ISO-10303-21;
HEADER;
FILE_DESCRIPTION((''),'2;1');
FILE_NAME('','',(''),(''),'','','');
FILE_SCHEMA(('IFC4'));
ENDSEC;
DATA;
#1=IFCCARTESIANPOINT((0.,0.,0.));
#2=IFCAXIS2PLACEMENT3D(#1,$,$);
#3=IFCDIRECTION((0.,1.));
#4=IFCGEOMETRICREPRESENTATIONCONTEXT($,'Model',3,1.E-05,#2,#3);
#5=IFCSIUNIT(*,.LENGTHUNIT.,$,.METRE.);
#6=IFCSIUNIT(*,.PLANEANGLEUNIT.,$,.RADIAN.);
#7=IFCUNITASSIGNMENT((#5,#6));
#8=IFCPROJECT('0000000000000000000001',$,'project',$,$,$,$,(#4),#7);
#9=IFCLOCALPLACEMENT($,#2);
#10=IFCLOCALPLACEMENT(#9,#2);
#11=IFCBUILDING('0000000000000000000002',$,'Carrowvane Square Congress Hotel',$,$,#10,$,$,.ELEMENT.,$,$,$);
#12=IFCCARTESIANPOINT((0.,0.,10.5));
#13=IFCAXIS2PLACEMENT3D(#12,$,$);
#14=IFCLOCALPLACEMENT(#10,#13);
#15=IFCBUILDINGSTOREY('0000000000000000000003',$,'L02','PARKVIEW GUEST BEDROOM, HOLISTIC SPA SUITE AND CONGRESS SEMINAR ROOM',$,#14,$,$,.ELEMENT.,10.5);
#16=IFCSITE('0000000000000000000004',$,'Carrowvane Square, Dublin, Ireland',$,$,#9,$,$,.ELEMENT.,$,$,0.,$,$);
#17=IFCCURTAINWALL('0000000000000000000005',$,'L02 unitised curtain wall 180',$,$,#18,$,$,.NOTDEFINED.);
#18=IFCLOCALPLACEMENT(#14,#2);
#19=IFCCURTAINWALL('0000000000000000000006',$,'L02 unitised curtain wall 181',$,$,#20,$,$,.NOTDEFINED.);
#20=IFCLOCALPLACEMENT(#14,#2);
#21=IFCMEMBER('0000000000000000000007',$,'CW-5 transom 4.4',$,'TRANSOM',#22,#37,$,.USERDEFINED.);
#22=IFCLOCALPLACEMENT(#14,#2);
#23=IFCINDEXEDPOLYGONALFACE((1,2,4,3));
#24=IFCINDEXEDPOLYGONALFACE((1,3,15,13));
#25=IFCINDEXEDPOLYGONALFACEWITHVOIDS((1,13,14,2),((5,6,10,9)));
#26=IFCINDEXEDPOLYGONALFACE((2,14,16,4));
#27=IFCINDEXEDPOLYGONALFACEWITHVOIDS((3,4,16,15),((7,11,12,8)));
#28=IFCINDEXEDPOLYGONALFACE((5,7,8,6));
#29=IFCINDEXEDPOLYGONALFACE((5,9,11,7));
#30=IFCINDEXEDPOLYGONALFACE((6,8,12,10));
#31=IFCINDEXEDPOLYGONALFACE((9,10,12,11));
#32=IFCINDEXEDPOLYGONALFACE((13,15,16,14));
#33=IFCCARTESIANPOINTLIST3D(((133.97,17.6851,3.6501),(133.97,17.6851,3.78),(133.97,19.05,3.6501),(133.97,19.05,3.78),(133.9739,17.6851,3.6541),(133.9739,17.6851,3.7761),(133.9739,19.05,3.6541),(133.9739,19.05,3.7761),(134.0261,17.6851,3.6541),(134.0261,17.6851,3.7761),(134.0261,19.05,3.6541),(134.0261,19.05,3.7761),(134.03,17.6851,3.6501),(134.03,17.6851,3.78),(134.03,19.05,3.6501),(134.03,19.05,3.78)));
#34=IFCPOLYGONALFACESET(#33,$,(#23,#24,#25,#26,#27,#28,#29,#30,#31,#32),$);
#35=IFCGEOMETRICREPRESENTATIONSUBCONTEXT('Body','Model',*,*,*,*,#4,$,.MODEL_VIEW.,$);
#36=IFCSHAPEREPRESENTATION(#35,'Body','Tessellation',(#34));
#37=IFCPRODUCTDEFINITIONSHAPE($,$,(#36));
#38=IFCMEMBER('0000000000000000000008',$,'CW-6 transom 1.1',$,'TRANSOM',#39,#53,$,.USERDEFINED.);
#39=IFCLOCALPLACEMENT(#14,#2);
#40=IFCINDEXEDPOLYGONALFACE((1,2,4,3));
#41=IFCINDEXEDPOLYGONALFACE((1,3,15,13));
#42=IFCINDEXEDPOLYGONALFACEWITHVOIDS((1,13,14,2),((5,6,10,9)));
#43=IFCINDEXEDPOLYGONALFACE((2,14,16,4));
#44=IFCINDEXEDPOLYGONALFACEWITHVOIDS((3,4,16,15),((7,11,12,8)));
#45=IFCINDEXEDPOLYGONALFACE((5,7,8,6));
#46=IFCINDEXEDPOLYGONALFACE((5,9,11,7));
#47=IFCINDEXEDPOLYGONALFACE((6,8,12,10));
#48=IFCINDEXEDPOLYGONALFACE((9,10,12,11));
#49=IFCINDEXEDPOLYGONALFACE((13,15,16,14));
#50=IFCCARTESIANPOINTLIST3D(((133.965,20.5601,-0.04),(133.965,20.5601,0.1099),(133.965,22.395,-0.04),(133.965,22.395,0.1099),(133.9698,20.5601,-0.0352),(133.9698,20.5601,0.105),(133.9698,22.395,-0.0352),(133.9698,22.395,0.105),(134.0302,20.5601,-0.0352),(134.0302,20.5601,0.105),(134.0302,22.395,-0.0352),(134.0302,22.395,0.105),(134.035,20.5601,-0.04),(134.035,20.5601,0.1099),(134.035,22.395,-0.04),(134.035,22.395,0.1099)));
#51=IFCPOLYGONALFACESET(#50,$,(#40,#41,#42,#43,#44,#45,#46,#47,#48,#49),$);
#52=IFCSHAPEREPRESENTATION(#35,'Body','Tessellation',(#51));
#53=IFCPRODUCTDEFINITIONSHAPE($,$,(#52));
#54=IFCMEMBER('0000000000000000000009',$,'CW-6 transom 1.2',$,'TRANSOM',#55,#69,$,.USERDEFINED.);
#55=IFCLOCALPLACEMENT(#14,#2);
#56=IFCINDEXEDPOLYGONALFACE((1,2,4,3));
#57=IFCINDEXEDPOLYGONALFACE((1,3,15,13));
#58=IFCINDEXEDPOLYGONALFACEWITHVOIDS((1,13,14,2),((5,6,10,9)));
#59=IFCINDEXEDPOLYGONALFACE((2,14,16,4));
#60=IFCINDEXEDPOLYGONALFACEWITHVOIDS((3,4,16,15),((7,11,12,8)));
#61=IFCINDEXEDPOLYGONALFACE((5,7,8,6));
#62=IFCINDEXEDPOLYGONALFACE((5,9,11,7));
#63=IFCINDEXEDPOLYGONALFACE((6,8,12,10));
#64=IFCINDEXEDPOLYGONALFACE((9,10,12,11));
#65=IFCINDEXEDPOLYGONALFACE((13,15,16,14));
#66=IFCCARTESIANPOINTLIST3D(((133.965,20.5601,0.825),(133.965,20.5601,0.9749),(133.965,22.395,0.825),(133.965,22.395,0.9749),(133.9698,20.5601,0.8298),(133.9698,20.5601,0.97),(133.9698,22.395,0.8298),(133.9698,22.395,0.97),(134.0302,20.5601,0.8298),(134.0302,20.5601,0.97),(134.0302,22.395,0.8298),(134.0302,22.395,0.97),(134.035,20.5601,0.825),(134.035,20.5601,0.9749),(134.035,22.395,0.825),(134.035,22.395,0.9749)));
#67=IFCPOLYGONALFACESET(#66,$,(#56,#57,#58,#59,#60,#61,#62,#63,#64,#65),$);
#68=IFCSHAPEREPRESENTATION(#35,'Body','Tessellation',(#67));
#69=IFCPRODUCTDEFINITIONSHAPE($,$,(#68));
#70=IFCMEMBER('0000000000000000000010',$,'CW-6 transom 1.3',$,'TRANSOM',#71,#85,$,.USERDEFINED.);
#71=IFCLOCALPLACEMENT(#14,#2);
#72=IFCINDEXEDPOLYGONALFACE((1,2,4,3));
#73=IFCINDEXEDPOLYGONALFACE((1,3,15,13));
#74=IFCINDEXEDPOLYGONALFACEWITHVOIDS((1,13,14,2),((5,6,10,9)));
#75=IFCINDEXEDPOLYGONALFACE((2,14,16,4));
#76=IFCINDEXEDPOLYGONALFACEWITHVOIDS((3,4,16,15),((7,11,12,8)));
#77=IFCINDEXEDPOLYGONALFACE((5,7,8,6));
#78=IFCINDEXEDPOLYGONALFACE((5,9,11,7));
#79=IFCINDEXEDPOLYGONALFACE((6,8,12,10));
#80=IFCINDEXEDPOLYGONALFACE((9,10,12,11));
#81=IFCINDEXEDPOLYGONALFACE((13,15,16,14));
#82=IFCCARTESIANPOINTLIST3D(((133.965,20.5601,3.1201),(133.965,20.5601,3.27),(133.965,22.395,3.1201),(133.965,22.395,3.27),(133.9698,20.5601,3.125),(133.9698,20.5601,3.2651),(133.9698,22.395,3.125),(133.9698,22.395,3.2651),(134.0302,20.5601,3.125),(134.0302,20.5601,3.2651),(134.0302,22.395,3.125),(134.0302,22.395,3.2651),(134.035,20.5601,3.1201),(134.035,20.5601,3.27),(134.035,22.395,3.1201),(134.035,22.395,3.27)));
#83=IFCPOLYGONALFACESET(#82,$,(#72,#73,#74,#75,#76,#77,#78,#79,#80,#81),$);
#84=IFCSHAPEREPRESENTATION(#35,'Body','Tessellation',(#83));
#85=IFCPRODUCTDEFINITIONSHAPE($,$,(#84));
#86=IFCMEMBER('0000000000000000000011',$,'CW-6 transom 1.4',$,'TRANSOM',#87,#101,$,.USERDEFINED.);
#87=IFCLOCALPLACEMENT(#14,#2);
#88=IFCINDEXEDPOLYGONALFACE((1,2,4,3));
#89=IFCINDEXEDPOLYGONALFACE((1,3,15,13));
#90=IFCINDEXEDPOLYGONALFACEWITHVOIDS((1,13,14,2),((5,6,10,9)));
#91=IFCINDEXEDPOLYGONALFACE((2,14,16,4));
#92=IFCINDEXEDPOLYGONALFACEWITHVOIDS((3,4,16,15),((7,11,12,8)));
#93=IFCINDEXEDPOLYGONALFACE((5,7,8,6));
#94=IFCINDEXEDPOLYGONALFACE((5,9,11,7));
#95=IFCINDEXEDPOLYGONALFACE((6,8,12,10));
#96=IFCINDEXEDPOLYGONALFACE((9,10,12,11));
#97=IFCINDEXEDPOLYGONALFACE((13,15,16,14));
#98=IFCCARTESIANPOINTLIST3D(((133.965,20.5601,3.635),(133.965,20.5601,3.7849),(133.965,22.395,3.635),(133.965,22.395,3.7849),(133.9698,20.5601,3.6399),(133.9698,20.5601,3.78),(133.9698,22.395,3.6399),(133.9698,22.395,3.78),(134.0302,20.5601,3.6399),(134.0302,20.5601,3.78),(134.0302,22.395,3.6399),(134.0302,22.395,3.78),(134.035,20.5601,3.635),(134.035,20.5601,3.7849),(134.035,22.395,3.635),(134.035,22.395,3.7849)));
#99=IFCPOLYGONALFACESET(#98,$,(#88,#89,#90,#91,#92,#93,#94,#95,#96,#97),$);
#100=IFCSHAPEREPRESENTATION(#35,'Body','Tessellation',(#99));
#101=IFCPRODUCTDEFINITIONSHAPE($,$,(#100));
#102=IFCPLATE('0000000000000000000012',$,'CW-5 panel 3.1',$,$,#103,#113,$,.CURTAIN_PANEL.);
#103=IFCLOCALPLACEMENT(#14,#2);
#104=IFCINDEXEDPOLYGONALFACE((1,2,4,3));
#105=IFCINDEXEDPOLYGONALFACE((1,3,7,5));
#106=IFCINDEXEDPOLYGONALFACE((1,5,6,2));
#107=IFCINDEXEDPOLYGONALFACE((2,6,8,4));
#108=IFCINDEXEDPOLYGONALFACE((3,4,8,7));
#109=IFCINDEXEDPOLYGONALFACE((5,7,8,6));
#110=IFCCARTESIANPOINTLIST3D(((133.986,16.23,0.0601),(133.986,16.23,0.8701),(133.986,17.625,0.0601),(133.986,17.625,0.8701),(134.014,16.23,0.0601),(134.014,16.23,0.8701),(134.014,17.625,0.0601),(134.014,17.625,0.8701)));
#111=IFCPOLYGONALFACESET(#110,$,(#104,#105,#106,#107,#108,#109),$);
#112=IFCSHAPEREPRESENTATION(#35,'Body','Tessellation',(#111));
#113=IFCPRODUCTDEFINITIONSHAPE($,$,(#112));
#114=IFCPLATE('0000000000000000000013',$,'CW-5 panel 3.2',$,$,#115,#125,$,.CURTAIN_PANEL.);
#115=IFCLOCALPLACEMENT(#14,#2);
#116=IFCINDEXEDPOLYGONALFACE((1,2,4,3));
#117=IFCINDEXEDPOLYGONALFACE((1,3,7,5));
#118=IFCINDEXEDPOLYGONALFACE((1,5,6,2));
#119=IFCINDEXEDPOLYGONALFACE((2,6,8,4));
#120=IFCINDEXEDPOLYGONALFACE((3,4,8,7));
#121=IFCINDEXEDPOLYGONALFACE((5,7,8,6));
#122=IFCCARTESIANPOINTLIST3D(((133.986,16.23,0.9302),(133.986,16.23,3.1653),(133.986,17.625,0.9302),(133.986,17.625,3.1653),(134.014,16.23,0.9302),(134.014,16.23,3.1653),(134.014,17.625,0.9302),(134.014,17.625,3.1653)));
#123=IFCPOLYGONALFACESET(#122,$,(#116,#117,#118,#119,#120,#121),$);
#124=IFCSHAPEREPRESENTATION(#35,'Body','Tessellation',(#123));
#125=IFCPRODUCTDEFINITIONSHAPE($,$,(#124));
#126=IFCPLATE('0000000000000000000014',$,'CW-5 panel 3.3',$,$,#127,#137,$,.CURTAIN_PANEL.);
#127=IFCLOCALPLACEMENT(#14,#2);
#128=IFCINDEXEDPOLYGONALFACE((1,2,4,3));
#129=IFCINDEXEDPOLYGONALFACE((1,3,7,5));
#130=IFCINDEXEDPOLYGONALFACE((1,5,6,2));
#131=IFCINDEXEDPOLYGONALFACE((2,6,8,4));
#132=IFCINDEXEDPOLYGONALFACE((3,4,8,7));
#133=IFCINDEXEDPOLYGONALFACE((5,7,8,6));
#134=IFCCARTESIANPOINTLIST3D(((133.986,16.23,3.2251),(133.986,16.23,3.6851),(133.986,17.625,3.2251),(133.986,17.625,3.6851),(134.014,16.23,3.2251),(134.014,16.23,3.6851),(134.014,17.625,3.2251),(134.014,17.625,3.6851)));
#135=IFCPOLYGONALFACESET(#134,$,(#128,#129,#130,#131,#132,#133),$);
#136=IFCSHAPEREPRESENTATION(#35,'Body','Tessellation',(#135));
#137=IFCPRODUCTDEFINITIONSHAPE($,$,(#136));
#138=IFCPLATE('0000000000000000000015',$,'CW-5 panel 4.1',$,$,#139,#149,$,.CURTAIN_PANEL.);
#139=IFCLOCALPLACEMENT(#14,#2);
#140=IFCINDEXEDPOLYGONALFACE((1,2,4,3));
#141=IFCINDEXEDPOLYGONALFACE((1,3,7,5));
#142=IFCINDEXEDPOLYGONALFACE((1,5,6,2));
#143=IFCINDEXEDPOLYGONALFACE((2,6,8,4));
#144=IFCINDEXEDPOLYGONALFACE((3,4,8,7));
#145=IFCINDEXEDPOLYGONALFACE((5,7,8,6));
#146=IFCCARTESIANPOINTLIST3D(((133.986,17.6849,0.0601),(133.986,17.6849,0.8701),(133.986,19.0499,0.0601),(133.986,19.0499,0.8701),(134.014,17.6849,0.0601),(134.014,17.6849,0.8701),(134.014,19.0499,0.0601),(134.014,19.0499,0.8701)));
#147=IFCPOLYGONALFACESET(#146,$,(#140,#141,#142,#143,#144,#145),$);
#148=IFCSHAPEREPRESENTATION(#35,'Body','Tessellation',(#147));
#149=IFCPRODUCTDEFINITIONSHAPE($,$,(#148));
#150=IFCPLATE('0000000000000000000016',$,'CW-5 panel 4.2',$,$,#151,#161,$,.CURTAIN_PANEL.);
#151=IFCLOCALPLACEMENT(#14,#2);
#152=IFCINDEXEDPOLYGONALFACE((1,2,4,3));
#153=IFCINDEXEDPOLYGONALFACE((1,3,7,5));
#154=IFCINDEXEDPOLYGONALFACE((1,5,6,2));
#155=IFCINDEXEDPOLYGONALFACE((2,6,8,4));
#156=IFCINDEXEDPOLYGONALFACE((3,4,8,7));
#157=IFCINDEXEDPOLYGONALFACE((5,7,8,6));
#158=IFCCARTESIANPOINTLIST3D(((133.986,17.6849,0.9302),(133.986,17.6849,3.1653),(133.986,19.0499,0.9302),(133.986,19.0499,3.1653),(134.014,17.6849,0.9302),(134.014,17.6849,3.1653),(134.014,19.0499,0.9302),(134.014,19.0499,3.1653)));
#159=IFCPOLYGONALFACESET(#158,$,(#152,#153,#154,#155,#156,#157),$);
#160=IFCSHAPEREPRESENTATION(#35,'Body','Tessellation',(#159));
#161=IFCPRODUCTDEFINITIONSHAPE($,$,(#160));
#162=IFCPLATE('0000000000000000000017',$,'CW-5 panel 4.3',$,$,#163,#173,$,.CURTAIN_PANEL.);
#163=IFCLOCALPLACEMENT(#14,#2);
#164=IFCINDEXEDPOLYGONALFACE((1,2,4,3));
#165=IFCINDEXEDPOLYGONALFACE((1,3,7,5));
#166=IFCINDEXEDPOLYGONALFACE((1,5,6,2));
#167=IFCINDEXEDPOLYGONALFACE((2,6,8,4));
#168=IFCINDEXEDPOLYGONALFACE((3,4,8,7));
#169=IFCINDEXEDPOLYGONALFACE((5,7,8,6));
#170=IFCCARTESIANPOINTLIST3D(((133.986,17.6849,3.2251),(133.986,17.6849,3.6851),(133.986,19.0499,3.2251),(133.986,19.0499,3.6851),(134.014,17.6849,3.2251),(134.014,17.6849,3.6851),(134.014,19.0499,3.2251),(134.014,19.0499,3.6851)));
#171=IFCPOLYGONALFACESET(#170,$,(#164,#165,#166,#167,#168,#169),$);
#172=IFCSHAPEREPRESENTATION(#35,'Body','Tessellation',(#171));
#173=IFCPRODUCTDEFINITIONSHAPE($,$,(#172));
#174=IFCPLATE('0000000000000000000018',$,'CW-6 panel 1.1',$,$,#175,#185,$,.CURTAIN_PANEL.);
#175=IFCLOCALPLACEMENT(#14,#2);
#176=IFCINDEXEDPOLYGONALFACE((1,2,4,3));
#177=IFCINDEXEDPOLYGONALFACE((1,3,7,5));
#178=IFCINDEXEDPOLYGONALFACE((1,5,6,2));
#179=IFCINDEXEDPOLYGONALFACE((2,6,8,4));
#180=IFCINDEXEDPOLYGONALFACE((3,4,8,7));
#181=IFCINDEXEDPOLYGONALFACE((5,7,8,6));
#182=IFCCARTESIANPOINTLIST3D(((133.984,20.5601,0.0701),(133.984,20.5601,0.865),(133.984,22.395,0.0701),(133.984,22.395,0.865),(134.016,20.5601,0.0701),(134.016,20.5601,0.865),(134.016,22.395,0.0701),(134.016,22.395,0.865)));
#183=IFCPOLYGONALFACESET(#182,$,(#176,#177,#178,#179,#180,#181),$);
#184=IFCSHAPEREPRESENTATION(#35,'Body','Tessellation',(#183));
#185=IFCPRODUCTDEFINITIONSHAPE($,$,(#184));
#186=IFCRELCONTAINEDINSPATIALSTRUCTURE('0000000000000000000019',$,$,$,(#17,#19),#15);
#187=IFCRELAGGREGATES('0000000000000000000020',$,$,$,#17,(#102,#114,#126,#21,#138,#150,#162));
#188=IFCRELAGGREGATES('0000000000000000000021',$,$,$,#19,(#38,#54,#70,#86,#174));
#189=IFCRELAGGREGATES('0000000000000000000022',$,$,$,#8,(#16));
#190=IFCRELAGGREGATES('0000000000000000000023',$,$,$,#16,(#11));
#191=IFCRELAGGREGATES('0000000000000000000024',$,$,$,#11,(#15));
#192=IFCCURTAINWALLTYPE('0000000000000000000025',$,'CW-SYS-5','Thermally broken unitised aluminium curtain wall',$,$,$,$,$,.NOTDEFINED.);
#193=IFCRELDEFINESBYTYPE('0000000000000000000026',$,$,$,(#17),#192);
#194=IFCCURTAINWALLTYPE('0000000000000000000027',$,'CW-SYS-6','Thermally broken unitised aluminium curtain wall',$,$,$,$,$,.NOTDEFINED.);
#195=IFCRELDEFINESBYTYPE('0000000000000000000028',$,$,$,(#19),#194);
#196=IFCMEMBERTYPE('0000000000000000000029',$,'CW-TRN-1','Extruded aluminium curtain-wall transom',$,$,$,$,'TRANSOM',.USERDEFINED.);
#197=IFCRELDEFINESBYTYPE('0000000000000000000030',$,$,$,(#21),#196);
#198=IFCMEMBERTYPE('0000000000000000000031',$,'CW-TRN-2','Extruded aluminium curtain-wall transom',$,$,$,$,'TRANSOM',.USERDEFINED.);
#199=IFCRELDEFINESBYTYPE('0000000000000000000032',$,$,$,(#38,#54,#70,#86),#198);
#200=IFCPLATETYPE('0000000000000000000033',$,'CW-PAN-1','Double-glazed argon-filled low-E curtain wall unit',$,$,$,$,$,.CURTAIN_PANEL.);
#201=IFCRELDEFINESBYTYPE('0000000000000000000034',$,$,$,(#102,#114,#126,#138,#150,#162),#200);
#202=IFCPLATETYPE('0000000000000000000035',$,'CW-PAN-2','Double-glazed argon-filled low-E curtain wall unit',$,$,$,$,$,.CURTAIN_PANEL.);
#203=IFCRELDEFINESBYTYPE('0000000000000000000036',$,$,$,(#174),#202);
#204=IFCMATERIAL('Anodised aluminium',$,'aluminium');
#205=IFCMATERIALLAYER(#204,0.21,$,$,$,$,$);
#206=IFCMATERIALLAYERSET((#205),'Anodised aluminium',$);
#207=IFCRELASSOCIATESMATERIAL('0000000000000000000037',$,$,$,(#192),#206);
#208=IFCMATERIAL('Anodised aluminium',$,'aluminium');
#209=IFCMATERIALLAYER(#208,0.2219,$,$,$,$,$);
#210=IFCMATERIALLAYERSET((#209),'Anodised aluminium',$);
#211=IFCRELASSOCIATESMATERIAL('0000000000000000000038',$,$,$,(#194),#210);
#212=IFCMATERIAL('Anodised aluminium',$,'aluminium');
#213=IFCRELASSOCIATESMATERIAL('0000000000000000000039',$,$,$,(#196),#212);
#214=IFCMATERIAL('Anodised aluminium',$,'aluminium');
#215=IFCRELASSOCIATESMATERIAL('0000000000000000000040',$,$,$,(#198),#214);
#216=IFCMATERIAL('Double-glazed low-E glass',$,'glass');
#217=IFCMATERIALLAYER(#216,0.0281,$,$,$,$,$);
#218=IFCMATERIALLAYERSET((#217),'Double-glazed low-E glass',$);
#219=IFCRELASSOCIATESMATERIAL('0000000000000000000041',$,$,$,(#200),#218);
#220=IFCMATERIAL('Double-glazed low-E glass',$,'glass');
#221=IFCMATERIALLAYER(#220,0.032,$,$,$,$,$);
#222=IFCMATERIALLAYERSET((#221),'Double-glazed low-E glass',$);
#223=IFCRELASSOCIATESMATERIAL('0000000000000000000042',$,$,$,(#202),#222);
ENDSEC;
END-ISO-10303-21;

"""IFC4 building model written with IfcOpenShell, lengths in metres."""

from ifc_helpers import new_model, si_unit, direction, frame, origin, origin_2d, place, context, subcontext, project, spatial, rectangle, hollow_rectangle, extrude, material, layer, layer_set, material_profile, profile_set, type_object, element, aggregate, save


model = new_model("IFC4")

# Units and contexts
model_context = context("Model", 3, precision=1e-05, world=origin(), true_north=direction((0.0, 1.0)))
body_context = subcontext(model_context, "Body", "Model", "MODEL_VIEW")
ifc_project = project(units=[si_unit("LENGTHUNIT", "METRE"), si_unit("PLANEANGLEUNIT", "RADIAN")], contexts=[model_context])

# Site, building, storey
site_placement = place(None, origin())
site = spatial("IfcSite", under=ifc_project, at=site_placement, Name="Carrowvane Square, Dublin, Ireland", CompositionType="ELEMENT", RefElevation=0.0)
building_placement = place(site_placement, origin())
building = spatial("IfcBuilding", under=site, at=building_placement, Name="Carrowvane Square Congress Hotel", CompositionType="ELEMENT")
storey_placement = place(building_placement, frame((0.0, 0.0, 10.5)))
storey = spatial("IfcBuildingStorey", under=building, at=storey_placement, Name="L02", Description="PARKVIEW GUEST BEDROOM, HOLISTIC SPA SUITE AND CONGRESS SEMINAR ROOM", CompositionType="ELEMENT", Elevation=10.5)

# Curtain wall
ifc_material_1 = material(Name="Anodised aluminium", Category="aluminium")
ifc_layer_1 = layer(ifc_material_1, 0.21)
ifc_layer_set_1 = layer_set([ifc_layer_1], Name="Anodised aluminium")
curtain_wall_type_1 = type_object("IfcCurtainWallType", Name="CW-SYS-5", Description="Thermally broken unitised aluminium curtain wall", PredefinedType="NOTDEFINED", material=ifc_layer_set_1)
curtain_wall_1_placement = place(storey_placement, origin())
curtain_wall_1 = element("IfcCurtainWall", 1, at=curtain_wall_1_placement, inside=storey, type_object=curtain_wall_type_1, Name="L02 unitised curtain wall 180", PredefinedType="NOTDEFINED")

# Curtain wall
ifc_material_2 = material(Name="Anodised aluminium", Category="aluminium")
ifc_layer_2 = layer(ifc_material_2, 0.2219)
ifc_layer_set_2 = layer_set([ifc_layer_2], Name="Anodised aluminium")
curtain_wall_type_2 = type_object("IfcCurtainWallType", Name="CW-SYS-6", Description="Thermally broken unitised aluminium curtain wall", PredefinedType="NOTDEFINED", material=ifc_layer_set_2)
curtain_wall_2_placement = place(storey_placement, origin())
curtain_wall_2 = element("IfcCurtainWall", 2, at=curtain_wall_2_placement, inside=storey, type_object=curtain_wall_type_2, Name="L02 unitised curtain wall 181", PredefinedType="NOTDEFINED")

# Members
ifc_material_3 = material(Name="Anodised aluminium", Category="aluminium")
ifc_material_profile_1 = material_profile(ifc_material_3, hollow_rectangle(XDim=0.0601, YDim=0.1299, WallThickness=0.0039, at=origin_2d()), Name="CW-TR 60x130x4")
ifc_profile_set_1 = profile_set([ifc_material_profile_1], Name="Anodised aluminium")
member_type_1 = type_object("IfcMemberType", Name="CW-TRN-1", Description="Extruded aluminium curtain-wall transom", ElementType="TRANSOM", PredefinedType="USERDEFINED", material=ifc_profile_set_1)
member_1_placement = place(storey_placement, frame((134.0, 17.6851, 3.7151), z_axis=(0.0, 1.0, 0.0), x_axis=(-1.0, 0.0, 0.0)))
member_1 = element("IfcMember", 3, at=member_1_placement, type_object=member_type_1, Name="CW-5 transom 4.4", ObjectType="TRANSOM", PredefinedType="USERDEFINED", context=body_context, shape_type="SweptSolid", body=[
    extrude(hollow_rectangle(XDim=0.0601, YDim=0.1299, WallThickness=0.0039, at=origin_2d()), origin(), (0.0, 0.0, 1.0), 1.365),
])
ifc_material_4 = material(Name="Anodised aluminium", Category="aluminium")
ifc_material_profile_2 = material_profile(ifc_material_4, hollow_rectangle(XDim=0.0701, YDim=0.1499, WallThickness=0.0049, at=origin_2d()), Name="CW-TR 70x150x5")
ifc_profile_set_2 = profile_set([ifc_material_profile_2], Name="Anodised aluminium")
member_type_2 = type_object("IfcMemberType", Name="CW-TRN-2", Description="Extruded aluminium curtain-wall transom", ElementType="TRANSOM", PredefinedType="USERDEFINED", material=ifc_profile_set_2)
member_2_placement = place(storey_placement, frame((134.0, 20.5601, 0.0349), z_axis=(0.0, 1.0, 0.0), x_axis=(-1.0, 0.0, 0.0)))
member_2 = element("IfcMember", 4, at=member_2_placement, type_object=member_type_2, Name="CW-6 transom 1.1", ObjectType="TRANSOM", PredefinedType="USERDEFINED", context=body_context, shape_type="SweptSolid", body=[
    extrude(hollow_rectangle(XDim=0.0701, YDim=0.1499, WallThickness=0.0049, at=origin_2d()), origin(), (0.0, 0.0, 1.0), 1.835),
])
member_3_placement = place(storey_placement, frame((134.0, 20.5601, 0.8999), z_axis=(0.0, 1.0, 0.0), x_axis=(-1.0, 0.0, 0.0)))
member_3 = element("IfcMember", 5, at=member_3_placement, type_object=member_type_2, Name="CW-6 transom 1.2", ObjectType="TRANSOM", PredefinedType="USERDEFINED", context=body_context, shape_type="SweptSolid", body=[
    extrude(hollow_rectangle(XDim=0.0701, YDim=0.1499, WallThickness=0.0049, at=origin_2d()), origin(), (0.0, 0.0, 1.0), 1.835),
])
member_4_placement = place(storey_placement, frame((134.0, 20.5601, 3.1951), z_axis=(0.0, 1.0, 0.0), x_axis=(-1.0, 0.0, 0.0)))
member_4 = element("IfcMember", 6, at=member_4_placement, type_object=member_type_2, Name="CW-6 transom 1.3", ObjectType="TRANSOM", PredefinedType="USERDEFINED", context=body_context, shape_type="SweptSolid", body=[
    extrude(hollow_rectangle(XDim=0.0701, YDim=0.1499, WallThickness=0.0049, at=origin_2d()), origin(), (0.0, 0.0, 1.0), 1.835),
])
member_5_placement = place(storey_placement, frame((134.0, 20.5601, 3.71), z_axis=(0.0, 1.0, 0.0), x_axis=(-1.0, 0.0, 0.0)))
member_5 = element("IfcMember", 7, at=member_5_placement, type_object=member_type_2, Name="CW-6 transom 1.4", ObjectType="TRANSOM", PredefinedType="USERDEFINED", context=body_context, shape_type="SweptSolid", body=[
    extrude(hollow_rectangle(XDim=0.0701, YDim=0.1499, WallThickness=0.0049, at=origin_2d()), origin(), (0.0, 0.0, 1.0), 1.835),
])

# Plates
ifc_material_5 = material(Name="Double-glazed low-E glass", Category="glass")
ifc_layer_3 = layer(ifc_material_5, 0.0281)
ifc_layer_set_3 = layer_set([ifc_layer_3], Name="Double-glazed low-E glass")
plate_type_1 = type_object("IfcPlateType", Name="CW-PAN-1", Description="Double-glazed argon-filled low-E curtain wall unit", PredefinedType="CURTAIN_PANEL", material=ifc_layer_set_3)
plate_1_placement = place(storey_placement, frame((134.0, 16.9275, 0.0601), z_axis=(0.0, 0.0, 1.0), x_axis=(0.0, 1.0, 0.0)))
plate_1 = element("IfcPlate", 8, at=plate_1_placement, type_object=plate_type_1, Name="CW-5 panel 3.1", PredefinedType="CURTAIN_PANEL", context=body_context, shape_type="SweptSolid", body=[
    extrude(rectangle(XDim=1.395, YDim=0.0281, at=origin_2d()), origin(), (0.0, 0.0, 1.0), 0.8101),
])
plate_2_placement = place(storey_placement, frame((134.0, 16.9275, 0.9302), z_axis=(0.0, 0.0, 1.0), x_axis=(0.0, 1.0, 0.0)))
plate_2 = element("IfcPlate", 9, at=plate_2_placement, type_object=plate_type_1, Name="CW-5 panel 3.2", PredefinedType="CURTAIN_PANEL", context=body_context, shape_type="SweptSolid", body=[
    extrude(rectangle(XDim=1.395, YDim=0.0281, at=origin_2d()), origin(), (0.0, 0.0, 1.0), 2.2351),
])
plate_3_placement = place(storey_placement, frame((134.0, 16.9275, 3.2251), z_axis=(0.0, 0.0, 1.0), x_axis=(0.0, 1.0, 0.0)))
plate_3 = element("IfcPlate", 10, at=plate_3_placement, type_object=plate_type_1, Name="CW-5 panel 3.3", PredefinedType="CURTAIN_PANEL", context=body_context, shape_type="SweptSolid", body=[
    extrude(rectangle(XDim=1.395, YDim=0.0281, at=origin_2d()), origin(), (0.0, 0.0, 1.0), 0.46),
])
plate_4_placement = place(storey_placement, frame((134.0, 18.3674, 0.0601), z_axis=(0.0, 0.0, 1.0), x_axis=(0.0, 1.0, 0.0)))
plate_4 = element("IfcPlate", 11, at=plate_4_placement, type_object=plate_type_1, Name="CW-5 panel 4.1", PredefinedType="CURTAIN_PANEL", context=body_context, shape_type="SweptSolid", body=[
    extrude(rectangle(XDim=1.365, YDim=0.0281, at=origin_2d()), origin(), (0.0, 0.0, 1.0), 0.8101),
])
plate_5_placement = place(storey_placement, frame((134.0, 18.3674, 0.9302), z_axis=(0.0, 0.0, 1.0), x_axis=(0.0, 1.0, 0.0)))
plate_5 = element("IfcPlate", 12, at=plate_5_placement, type_object=plate_type_1, Name="CW-5 panel 4.2", PredefinedType="CURTAIN_PANEL", context=body_context, shape_type="SweptSolid", body=[
    extrude(rectangle(XDim=1.365, YDim=0.0281, at=origin_2d()), origin(), (0.0, 0.0, 1.0), 2.2351),
])
plate_6_placement = place(storey_placement, frame((134.0, 18.3674, 3.2251), z_axis=(0.0, 0.0, 1.0), x_axis=(0.0, 1.0, 0.0)))
plate_6 = element("IfcPlate", 13, at=plate_6_placement, type_object=plate_type_1, Name="CW-5 panel 4.3", PredefinedType="CURTAIN_PANEL", context=body_context, shape_type="SweptSolid", body=[
    extrude(rectangle(XDim=1.365, YDim=0.0281, at=origin_2d()), origin(), (0.0, 0.0, 1.0), 0.46),
])
aggregate(curtain_wall_1, [plate_1, plate_2, plate_3, member_1, plate_4, plate_5, plate_6])
ifc_material_6 = material(Name="Double-glazed low-E glass", Category="glass")
ifc_layer_4 = layer(ifc_material_6, 0.032)
ifc_layer_set_4 = layer_set([ifc_layer_4], Name="Double-glazed low-E glass")
plate_type_2 = type_object("IfcPlateType", Name="CW-PAN-2", Description="Double-glazed argon-filled low-E curtain wall unit", PredefinedType="CURTAIN_PANEL", material=ifc_layer_set_4)
plate_7_placement = place(storey_placement, frame((134.0, 21.4775, 0.0701), z_axis=(0.0, 0.0, 1.0), x_axis=(0.0, 1.0, 0.0)))
plate_7 = element("IfcPlate", 14, at=plate_7_placement, type_object=plate_type_2, Name="CW-6 panel 1.1", PredefinedType="CURTAIN_PANEL", context=body_context, shape_type="SweptSolid", body=[
    extrude(rectangle(XDim=1.835, YDim=0.032, at=origin_2d()), origin(), (0.0, 0.0, 1.0), 0.7949),
])
aggregate(curtain_wall_2, [member_2, member_3, member_4, member_5, plate_7])

save(model, "model.ifc")
